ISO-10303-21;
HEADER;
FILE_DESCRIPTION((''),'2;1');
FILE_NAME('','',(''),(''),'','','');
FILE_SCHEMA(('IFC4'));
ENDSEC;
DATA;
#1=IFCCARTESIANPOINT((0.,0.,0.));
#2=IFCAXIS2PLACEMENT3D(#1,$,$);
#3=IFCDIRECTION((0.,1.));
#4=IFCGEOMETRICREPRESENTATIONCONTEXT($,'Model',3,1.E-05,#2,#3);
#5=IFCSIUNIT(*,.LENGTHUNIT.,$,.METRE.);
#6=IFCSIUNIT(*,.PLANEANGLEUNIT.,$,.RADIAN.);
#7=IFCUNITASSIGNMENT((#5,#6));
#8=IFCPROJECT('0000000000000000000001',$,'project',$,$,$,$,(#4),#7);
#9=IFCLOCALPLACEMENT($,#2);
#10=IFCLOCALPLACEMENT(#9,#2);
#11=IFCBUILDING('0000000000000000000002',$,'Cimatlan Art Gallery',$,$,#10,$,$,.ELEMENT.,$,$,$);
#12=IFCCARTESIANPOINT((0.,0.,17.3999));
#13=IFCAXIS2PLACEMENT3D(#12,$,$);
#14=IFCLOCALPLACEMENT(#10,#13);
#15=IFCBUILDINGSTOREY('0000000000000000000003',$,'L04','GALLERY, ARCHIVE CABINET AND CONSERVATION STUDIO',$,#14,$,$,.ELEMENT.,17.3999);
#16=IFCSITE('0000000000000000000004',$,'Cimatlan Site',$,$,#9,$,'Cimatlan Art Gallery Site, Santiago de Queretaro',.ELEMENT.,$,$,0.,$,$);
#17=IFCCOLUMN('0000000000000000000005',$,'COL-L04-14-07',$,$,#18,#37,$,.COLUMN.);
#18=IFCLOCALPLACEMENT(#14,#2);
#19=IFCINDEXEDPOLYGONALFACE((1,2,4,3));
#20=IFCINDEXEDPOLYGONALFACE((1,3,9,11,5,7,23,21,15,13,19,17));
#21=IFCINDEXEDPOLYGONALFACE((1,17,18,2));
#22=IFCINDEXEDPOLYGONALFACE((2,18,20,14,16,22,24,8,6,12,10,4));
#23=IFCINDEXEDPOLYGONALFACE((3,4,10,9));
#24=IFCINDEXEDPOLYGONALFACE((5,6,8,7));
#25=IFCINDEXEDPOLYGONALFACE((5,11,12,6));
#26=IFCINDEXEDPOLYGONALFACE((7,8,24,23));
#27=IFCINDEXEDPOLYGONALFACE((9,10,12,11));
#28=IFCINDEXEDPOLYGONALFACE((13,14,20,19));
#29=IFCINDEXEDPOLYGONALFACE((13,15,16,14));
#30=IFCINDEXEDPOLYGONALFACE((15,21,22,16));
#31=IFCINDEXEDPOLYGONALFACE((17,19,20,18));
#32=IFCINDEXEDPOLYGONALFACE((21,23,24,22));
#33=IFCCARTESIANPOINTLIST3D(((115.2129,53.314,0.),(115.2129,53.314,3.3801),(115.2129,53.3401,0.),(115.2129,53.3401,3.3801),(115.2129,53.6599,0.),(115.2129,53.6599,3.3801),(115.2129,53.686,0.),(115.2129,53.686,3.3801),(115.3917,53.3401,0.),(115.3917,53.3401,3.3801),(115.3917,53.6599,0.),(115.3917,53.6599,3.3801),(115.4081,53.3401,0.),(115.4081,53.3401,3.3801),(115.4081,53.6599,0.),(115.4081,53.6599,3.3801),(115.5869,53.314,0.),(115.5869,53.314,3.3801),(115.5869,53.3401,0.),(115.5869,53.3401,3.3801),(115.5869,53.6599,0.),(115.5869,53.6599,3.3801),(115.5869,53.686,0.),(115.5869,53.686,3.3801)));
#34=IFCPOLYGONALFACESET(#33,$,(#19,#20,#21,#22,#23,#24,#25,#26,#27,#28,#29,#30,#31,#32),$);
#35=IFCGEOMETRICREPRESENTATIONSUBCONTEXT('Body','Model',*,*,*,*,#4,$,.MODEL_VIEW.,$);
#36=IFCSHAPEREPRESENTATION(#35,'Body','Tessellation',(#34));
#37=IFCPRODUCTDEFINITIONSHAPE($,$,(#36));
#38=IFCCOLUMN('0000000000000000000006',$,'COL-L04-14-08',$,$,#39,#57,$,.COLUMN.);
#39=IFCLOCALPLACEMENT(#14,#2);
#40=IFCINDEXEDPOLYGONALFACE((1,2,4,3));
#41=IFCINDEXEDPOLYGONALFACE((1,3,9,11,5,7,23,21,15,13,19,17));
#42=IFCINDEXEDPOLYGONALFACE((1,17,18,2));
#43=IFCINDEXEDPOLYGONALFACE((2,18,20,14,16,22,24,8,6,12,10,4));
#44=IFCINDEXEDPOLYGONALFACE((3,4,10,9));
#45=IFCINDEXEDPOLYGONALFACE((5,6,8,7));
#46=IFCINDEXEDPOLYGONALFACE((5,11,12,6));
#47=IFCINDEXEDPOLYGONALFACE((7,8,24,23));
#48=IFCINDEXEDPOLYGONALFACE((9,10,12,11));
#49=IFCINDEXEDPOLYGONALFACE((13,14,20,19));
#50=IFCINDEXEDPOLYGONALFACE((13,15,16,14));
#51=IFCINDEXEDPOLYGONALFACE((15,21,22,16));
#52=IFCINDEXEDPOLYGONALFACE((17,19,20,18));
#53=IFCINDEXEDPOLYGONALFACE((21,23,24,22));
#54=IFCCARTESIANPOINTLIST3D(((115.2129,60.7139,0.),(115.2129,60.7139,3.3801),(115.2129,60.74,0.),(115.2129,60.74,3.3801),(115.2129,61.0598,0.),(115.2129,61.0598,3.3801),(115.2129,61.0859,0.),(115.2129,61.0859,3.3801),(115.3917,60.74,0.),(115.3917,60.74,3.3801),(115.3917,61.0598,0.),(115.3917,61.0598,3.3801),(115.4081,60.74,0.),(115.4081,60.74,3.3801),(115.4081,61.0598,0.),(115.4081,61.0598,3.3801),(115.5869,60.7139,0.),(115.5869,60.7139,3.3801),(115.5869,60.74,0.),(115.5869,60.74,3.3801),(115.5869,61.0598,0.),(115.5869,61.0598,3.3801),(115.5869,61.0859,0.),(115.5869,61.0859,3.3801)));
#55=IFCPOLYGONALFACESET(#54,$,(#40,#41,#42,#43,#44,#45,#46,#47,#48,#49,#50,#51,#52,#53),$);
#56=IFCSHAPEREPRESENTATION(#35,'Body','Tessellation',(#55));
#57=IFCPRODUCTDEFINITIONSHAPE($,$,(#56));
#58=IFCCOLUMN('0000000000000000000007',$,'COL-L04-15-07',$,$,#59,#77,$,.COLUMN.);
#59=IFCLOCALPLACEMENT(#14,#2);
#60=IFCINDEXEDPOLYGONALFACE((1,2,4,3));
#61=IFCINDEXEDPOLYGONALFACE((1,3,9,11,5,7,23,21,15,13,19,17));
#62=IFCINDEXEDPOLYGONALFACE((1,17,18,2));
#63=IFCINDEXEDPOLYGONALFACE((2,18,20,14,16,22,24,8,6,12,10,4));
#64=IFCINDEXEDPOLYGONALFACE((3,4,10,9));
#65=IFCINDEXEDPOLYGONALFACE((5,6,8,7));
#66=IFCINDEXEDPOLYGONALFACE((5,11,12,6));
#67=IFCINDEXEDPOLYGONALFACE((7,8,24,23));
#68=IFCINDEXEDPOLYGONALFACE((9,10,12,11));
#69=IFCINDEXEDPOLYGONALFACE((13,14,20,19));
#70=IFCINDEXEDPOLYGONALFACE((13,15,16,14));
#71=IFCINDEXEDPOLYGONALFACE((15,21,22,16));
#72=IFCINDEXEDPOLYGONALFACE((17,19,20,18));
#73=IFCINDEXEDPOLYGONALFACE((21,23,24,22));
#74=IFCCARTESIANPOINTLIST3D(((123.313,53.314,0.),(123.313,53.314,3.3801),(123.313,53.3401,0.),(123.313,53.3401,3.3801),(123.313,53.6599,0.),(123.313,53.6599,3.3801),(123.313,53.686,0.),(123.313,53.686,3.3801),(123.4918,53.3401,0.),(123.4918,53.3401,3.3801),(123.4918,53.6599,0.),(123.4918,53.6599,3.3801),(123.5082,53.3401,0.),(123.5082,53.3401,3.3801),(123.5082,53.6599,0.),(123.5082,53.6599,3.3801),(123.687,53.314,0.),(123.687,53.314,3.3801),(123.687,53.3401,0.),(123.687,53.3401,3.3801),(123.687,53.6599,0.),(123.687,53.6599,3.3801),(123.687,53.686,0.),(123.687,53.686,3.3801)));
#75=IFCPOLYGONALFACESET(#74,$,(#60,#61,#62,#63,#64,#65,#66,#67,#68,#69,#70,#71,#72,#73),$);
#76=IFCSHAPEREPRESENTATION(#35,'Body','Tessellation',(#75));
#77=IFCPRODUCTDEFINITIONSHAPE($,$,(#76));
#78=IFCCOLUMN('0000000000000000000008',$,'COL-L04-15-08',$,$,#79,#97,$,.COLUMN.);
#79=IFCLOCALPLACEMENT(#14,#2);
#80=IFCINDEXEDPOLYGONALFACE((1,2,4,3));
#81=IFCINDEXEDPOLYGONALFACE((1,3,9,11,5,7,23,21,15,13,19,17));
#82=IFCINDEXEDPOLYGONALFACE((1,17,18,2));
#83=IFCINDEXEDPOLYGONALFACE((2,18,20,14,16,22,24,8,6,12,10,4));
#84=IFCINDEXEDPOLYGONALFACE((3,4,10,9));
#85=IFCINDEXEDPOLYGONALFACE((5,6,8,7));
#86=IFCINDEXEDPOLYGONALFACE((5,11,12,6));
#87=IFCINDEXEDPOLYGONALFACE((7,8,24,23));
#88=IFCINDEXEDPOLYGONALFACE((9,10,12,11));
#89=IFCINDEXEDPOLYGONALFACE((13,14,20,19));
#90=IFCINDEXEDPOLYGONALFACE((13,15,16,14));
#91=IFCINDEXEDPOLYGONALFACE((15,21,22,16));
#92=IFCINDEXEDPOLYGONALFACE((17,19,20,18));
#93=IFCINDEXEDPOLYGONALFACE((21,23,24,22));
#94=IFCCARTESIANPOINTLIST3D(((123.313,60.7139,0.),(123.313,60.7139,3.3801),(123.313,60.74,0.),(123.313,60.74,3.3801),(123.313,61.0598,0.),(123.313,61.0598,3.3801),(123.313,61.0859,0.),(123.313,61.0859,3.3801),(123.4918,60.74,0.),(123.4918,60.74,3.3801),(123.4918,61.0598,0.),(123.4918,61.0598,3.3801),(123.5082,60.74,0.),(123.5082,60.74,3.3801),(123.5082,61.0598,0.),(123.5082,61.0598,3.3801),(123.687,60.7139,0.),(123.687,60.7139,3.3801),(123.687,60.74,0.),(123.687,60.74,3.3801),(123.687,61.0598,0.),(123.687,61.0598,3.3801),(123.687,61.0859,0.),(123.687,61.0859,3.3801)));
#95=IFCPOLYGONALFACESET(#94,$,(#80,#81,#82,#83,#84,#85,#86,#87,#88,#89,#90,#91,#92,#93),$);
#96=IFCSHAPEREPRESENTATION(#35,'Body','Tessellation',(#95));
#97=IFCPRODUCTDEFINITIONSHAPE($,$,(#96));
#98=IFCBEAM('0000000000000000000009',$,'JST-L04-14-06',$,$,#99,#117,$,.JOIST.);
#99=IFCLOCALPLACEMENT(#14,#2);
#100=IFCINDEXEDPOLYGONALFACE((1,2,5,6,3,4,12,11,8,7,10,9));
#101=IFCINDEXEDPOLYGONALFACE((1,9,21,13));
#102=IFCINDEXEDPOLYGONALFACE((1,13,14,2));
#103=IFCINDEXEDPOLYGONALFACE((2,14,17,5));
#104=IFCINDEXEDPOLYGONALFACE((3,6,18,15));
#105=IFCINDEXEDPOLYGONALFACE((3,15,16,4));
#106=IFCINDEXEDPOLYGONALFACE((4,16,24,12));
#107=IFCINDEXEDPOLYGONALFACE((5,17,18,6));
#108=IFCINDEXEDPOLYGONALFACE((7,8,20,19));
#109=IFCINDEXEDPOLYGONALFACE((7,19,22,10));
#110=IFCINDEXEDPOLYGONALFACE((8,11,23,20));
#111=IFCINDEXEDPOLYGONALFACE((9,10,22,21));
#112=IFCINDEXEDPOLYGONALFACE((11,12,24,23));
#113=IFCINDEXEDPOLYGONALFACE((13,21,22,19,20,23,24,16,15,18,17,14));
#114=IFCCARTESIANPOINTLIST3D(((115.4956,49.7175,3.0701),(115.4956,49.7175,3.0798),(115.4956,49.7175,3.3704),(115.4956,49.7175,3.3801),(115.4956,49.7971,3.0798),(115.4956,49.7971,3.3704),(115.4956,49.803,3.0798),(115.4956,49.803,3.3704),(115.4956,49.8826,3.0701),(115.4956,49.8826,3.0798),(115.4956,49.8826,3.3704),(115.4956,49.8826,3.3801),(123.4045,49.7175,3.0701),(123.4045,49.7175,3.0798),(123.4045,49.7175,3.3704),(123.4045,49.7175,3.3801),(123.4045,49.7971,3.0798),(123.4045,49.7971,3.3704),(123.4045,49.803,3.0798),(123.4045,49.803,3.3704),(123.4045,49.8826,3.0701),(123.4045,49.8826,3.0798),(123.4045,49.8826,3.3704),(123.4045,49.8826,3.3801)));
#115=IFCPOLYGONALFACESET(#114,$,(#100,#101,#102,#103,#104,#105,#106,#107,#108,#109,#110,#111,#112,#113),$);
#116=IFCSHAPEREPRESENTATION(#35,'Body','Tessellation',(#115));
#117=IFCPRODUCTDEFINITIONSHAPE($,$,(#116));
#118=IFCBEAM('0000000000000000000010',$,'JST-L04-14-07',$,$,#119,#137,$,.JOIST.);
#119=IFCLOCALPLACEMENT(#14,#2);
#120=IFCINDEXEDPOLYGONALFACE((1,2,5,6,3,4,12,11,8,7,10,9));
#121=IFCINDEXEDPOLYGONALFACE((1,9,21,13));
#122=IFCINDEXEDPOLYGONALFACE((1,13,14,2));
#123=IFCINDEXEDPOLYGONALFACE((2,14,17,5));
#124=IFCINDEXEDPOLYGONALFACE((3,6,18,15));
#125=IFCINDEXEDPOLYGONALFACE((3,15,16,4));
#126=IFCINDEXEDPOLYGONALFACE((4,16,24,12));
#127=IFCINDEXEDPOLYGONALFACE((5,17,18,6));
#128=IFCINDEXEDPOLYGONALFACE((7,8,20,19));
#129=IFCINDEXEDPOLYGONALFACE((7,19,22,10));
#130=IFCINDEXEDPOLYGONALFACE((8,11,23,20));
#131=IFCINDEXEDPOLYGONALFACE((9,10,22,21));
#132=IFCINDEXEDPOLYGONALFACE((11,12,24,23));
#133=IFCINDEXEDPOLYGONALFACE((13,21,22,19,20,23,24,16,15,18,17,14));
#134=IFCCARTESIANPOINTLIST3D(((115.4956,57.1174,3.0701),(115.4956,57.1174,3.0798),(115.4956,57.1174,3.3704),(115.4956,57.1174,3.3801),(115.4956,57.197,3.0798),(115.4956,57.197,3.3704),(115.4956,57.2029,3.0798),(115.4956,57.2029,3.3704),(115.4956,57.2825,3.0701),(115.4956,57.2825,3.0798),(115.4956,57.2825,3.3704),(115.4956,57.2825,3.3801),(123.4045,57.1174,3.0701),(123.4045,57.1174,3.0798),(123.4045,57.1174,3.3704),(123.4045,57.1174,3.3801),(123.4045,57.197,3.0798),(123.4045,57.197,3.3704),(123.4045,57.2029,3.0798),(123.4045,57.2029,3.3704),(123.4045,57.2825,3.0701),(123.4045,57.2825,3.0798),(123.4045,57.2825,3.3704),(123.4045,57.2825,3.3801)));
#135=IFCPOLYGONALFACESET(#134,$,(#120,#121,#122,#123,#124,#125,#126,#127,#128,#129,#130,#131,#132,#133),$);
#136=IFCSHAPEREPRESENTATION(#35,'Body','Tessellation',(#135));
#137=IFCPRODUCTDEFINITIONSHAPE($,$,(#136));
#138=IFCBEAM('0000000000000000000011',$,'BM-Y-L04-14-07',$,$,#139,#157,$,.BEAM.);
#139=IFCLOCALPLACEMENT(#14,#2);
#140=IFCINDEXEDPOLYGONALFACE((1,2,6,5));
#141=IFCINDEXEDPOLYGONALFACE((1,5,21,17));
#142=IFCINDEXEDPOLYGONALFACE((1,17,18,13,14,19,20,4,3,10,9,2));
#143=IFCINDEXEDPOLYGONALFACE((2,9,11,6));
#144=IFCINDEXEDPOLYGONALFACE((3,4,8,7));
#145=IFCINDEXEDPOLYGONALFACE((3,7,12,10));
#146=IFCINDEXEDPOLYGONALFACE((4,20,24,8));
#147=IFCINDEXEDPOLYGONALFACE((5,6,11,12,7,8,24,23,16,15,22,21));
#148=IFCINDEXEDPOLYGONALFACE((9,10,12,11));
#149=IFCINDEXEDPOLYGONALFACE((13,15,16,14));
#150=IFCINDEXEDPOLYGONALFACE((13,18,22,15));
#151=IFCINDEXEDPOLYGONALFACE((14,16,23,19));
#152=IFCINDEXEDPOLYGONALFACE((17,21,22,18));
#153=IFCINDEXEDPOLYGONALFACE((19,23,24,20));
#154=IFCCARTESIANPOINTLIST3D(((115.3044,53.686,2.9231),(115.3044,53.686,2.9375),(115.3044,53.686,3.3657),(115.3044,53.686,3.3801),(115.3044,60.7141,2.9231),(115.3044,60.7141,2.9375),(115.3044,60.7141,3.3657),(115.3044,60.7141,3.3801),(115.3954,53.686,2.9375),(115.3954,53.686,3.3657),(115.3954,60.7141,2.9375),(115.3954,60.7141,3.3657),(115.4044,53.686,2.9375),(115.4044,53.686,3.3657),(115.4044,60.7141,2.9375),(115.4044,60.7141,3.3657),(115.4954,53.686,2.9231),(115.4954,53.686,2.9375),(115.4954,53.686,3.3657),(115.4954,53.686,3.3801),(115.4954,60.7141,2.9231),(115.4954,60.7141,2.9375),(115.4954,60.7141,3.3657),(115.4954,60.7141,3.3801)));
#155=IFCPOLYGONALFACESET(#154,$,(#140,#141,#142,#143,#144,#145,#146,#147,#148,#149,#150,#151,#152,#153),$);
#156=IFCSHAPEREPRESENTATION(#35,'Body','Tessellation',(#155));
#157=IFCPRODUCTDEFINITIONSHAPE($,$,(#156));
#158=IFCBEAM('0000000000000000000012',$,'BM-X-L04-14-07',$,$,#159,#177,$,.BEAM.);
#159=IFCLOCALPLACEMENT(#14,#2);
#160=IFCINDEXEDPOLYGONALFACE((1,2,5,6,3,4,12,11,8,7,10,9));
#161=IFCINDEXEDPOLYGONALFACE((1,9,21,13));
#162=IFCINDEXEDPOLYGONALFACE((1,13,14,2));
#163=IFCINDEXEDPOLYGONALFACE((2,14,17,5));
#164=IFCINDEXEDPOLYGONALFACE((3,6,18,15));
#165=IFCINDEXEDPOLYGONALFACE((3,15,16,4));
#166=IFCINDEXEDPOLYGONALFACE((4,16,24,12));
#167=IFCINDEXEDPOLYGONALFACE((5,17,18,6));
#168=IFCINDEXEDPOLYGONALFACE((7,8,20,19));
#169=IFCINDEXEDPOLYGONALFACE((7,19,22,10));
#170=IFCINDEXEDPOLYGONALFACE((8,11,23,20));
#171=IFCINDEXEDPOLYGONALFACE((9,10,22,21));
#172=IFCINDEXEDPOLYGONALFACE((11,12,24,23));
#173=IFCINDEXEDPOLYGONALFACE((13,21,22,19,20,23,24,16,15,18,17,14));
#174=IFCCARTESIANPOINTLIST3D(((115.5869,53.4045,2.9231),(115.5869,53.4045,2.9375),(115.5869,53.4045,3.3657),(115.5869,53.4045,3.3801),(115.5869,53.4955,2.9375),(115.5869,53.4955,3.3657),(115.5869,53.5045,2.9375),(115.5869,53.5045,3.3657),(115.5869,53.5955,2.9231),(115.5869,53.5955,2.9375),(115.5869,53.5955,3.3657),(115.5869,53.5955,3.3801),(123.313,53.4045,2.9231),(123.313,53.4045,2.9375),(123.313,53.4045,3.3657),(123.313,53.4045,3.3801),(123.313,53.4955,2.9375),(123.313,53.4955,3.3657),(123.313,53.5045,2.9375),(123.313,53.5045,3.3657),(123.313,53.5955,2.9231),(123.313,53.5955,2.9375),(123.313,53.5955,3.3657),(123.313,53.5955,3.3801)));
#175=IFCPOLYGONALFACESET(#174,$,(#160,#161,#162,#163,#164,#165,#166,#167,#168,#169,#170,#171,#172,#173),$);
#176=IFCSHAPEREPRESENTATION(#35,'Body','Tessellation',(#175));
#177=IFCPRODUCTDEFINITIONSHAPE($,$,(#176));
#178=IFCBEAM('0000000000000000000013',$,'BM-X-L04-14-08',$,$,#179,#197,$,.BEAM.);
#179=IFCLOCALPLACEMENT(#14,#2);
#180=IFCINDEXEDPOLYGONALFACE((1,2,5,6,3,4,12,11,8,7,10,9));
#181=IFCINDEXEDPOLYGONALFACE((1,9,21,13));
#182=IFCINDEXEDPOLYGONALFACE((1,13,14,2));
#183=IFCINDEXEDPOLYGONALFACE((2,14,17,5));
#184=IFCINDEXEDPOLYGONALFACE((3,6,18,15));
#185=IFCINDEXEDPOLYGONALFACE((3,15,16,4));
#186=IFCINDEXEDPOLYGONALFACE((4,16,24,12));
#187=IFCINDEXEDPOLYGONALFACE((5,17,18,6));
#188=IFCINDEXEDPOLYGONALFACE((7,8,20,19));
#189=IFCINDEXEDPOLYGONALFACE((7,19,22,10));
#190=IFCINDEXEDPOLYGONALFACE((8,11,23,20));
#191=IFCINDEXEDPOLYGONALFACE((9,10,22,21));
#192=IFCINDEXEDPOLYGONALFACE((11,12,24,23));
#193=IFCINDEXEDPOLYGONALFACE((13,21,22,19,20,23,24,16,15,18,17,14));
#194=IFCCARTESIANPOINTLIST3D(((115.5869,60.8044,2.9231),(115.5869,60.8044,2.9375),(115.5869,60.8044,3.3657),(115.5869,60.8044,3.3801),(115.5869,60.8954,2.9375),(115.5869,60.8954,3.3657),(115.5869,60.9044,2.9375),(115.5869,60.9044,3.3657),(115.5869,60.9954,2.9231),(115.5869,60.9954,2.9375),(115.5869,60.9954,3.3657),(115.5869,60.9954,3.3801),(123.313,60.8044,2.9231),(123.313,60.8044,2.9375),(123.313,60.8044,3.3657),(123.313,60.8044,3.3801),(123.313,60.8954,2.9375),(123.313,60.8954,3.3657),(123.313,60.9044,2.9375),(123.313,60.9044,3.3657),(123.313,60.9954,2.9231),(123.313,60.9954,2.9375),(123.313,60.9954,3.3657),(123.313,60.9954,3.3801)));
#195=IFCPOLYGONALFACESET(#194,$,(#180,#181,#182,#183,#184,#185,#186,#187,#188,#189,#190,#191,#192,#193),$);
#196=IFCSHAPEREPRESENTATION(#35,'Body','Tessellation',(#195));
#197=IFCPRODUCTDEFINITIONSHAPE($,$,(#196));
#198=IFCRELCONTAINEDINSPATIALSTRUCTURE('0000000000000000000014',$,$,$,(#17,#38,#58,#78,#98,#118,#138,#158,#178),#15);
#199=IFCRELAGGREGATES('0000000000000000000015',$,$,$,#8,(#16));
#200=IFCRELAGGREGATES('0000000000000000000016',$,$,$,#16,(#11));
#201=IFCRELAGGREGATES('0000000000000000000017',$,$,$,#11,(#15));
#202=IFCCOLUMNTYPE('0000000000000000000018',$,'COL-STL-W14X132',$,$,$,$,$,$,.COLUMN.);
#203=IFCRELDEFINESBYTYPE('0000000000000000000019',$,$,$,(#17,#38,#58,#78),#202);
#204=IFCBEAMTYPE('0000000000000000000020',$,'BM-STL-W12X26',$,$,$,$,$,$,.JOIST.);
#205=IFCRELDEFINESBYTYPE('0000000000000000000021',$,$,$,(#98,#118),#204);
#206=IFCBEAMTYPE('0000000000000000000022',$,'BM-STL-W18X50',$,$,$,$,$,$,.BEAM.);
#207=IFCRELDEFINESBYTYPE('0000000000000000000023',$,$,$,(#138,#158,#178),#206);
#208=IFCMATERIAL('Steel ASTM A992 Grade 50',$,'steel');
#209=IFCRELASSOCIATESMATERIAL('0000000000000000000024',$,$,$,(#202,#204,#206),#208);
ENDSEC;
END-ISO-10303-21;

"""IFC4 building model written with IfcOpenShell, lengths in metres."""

from ifc_helpers import new_model, si_unit, direction, frame, origin, origin_2d, place, context, subcontext, project, spatial, i_section, extrude, material, material_profile, profile_set, type_object, element, save


model = new_model("IFC4")

# Units and contexts
model_context = context("Model", 3, precision=1e-05, world=origin(), true_north=direction((0.0, 1.0)))
body_context = subcontext(model_context, "Body", "Model", "MODEL_VIEW")
ifc_project = project(units=[si_unit("LENGTHUNIT", "METRE"), si_unit("PLANEANGLEUNIT", "RADIAN")], contexts=[model_context])

# Site, building, storey
site_placement = place(None, origin())
site = spatial("IfcSite", under=ifc_project, at=site_placement, Name="Cimatlan Site", LongName="Cimatlan Art Gallery Site, Santiago de Queretaro", CompositionType="ELEMENT", RefElevation=0.0)
building_placement = place(site_placement, origin())
building = spatial("IfcBuilding", under=site, at=building_placement, Name="Cimatlan Art Gallery", CompositionType="ELEMENT")
storey_placement = place(building_placement, frame((0.0, 0.0, 17.3999)))
storey = spatial("IfcBuildingStorey", under=building, at=storey_placement, Name="L04", Description="GALLERY, ARCHIVE CABINET AND CONSERVATION STUDIO", CompositionType="ELEMENT", Elevation=17.3999)

# Columns
ifc_material_1 = material(Name="Steel ASTM A992 Grade 50", Category="steel")
ifc_material_profile_1 = material_profile(ifc_material_1, i_section(OverallWidth=0.374, OverallDepth=0.3721, WebThickness=0.0164, FlangeThickness=0.0261, at=origin_2d()), Name="W14X132")
ifc_profile_set_1 = profile_set([ifc_material_profile_1], Name="Steel ASTM A992 Grade 50")
column_type = type_object("IfcColumnType", Name="COL-STL-W14X132", PredefinedType="COLUMN", material=ifc_profile_set_1)
for number, where, z_axis, x_axis, name in (
    (1, (115.3999, 53.5, 0.0), (0.0, 0.0, 1.0), (1.0, 0.0, 0.0), "COL-L04-14-07"),
    (2, (115.3999, 60.8999, 0.0), (0.0, 0.0, 1.0), (1.0, 0.0, 0.0), "COL-L04-14-08"),
    (3, (123.5, 53.5, 0.0), (0.0, 0.0, 1.0), (1.0, 0.0, 0.0), "COL-L04-15-07"),
    (4, (123.5, 60.8999, 0.0), (0.0, 0.0, 1.0), (1.0, 0.0, 0.0), "COL-L04-15-08"),
):
    element("IfcColumn", number, at=place(storey_placement, frame(where, z_axis=z_axis, x_axis=x_axis)), inside=storey, type_object=column_type, Name=name, PredefinedType="COLUMN", context=body_context, shape_type="SweptSolid", body=[
        extrude(i_section(OverallWidth=0.374, OverallDepth=0.3721, WebThickness=0.0164, FlangeThickness=0.0261, at=origin_2d()), origin(), (0.0, 0.0, 1.0), 3.3801),
    ])

# Beams
ifc_material_profile_2 = material_profile(ifc_material_1, i_section(OverallWidth=0.165, OverallDepth=0.3101, WebThickness=0.0059, FlangeThickness=0.0098, at=origin_2d()), Name="W12X26")
ifc_profile_set_2 = profile_set([ifc_material_profile_2], Name="Steel ASTM A992 Grade 50")
beam_type_1 = type_object("IfcBeamType", Name="BM-STL-W12X26", PredefinedType="JOIST", material=ifc_profile_set_2)
for number, where, z_axis, x_axis, name in (
    (5, (115.4956, 49.8, 3.2251), (1.0, 0.0, 0.0), (0.0, 1.0, 0.0), "JST-L04-14-06"),
    (6, (115.4956, 57.2, 3.2251), (1.0, 0.0, 0.0), (0.0, 1.0, 0.0), "JST-L04-14-07"),
):
    element("IfcBeam", number, at=place(storey_placement, frame(where, z_axis=z_axis, x_axis=x_axis)), inside=storey, type_object=beam_type_1, Name=name, PredefinedType="JOIST", context=body_context, shape_type="SweptSolid", body=[
        extrude(i_section(OverallWidth=0.165, OverallDepth=0.3101, WebThickness=0.0059, FlangeThickness=0.0098, at=origin_2d()), origin(), (0.0, 0.0, 1.0), 7.9089),
    ])
ifc_material_profile_3 = material_profile(ifc_material_1, i_section(OverallWidth=0.1909, OverallDepth=0.457, WebThickness=0.009, FlangeThickness=0.0144, at=origin_2d()), Name="W18X50")
ifc_profile_set_3 = profile_set([ifc_material_profile_3], Name="Steel ASTM A992 Grade 50")
beam_type_2 = type_object("IfcBeamType", Name="BM-STL-W18X50", PredefinedType="BEAM", material=ifc_profile_set_3)
beam_placement = place(storey_placement, frame((115.3999, 53.686, 3.1516), z_axis=(0.0, 1.0, 0.0), x_axis=(-1.0, 0.0, 0.0)))
element("IfcBeam", 7, at=beam_placement, inside=storey, type_object=beam_type_2, Name="BM-Y-L04-14-07", PredefinedType="BEAM", context=body_context, shape_type="SweptSolid", body=[
    extrude(i_section(OverallWidth=0.1909, OverallDepth=0.457, WebThickness=0.009, FlangeThickness=0.0144, at=origin_2d()), origin(), (0.0, 0.0, 1.0), 7.0281),
])
for number, where, z_axis, x_axis, name in (
    (8, (115.5869, 53.5, 3.1516), (1.0, 0.0, 0.0), (0.0, 1.0, 0.0), "BM-X-L04-14-07"),
    (9, (115.5869, 60.8999, 3.1516), (1.0, 0.0, 0.0), (0.0, 1.0, 0.0), "BM-X-L04-14-08"),
):
    element("IfcBeam", number, at=place(storey_placement, frame(where, z_axis=z_axis, x_axis=x_axis)), inside=storey, type_object=beam_type_2, Name=name, PredefinedType="BEAM", context=body_context, shape_type="SweptSolid", body=[
        extrude(i_section(OverallWidth=0.1909, OverallDepth=0.457, WebThickness=0.009, FlangeThickness=0.0144, at=origin_2d()), origin(), (0.0, 0.0, 1.0), 7.7261),
    ])

save(model, "model.ifc")
